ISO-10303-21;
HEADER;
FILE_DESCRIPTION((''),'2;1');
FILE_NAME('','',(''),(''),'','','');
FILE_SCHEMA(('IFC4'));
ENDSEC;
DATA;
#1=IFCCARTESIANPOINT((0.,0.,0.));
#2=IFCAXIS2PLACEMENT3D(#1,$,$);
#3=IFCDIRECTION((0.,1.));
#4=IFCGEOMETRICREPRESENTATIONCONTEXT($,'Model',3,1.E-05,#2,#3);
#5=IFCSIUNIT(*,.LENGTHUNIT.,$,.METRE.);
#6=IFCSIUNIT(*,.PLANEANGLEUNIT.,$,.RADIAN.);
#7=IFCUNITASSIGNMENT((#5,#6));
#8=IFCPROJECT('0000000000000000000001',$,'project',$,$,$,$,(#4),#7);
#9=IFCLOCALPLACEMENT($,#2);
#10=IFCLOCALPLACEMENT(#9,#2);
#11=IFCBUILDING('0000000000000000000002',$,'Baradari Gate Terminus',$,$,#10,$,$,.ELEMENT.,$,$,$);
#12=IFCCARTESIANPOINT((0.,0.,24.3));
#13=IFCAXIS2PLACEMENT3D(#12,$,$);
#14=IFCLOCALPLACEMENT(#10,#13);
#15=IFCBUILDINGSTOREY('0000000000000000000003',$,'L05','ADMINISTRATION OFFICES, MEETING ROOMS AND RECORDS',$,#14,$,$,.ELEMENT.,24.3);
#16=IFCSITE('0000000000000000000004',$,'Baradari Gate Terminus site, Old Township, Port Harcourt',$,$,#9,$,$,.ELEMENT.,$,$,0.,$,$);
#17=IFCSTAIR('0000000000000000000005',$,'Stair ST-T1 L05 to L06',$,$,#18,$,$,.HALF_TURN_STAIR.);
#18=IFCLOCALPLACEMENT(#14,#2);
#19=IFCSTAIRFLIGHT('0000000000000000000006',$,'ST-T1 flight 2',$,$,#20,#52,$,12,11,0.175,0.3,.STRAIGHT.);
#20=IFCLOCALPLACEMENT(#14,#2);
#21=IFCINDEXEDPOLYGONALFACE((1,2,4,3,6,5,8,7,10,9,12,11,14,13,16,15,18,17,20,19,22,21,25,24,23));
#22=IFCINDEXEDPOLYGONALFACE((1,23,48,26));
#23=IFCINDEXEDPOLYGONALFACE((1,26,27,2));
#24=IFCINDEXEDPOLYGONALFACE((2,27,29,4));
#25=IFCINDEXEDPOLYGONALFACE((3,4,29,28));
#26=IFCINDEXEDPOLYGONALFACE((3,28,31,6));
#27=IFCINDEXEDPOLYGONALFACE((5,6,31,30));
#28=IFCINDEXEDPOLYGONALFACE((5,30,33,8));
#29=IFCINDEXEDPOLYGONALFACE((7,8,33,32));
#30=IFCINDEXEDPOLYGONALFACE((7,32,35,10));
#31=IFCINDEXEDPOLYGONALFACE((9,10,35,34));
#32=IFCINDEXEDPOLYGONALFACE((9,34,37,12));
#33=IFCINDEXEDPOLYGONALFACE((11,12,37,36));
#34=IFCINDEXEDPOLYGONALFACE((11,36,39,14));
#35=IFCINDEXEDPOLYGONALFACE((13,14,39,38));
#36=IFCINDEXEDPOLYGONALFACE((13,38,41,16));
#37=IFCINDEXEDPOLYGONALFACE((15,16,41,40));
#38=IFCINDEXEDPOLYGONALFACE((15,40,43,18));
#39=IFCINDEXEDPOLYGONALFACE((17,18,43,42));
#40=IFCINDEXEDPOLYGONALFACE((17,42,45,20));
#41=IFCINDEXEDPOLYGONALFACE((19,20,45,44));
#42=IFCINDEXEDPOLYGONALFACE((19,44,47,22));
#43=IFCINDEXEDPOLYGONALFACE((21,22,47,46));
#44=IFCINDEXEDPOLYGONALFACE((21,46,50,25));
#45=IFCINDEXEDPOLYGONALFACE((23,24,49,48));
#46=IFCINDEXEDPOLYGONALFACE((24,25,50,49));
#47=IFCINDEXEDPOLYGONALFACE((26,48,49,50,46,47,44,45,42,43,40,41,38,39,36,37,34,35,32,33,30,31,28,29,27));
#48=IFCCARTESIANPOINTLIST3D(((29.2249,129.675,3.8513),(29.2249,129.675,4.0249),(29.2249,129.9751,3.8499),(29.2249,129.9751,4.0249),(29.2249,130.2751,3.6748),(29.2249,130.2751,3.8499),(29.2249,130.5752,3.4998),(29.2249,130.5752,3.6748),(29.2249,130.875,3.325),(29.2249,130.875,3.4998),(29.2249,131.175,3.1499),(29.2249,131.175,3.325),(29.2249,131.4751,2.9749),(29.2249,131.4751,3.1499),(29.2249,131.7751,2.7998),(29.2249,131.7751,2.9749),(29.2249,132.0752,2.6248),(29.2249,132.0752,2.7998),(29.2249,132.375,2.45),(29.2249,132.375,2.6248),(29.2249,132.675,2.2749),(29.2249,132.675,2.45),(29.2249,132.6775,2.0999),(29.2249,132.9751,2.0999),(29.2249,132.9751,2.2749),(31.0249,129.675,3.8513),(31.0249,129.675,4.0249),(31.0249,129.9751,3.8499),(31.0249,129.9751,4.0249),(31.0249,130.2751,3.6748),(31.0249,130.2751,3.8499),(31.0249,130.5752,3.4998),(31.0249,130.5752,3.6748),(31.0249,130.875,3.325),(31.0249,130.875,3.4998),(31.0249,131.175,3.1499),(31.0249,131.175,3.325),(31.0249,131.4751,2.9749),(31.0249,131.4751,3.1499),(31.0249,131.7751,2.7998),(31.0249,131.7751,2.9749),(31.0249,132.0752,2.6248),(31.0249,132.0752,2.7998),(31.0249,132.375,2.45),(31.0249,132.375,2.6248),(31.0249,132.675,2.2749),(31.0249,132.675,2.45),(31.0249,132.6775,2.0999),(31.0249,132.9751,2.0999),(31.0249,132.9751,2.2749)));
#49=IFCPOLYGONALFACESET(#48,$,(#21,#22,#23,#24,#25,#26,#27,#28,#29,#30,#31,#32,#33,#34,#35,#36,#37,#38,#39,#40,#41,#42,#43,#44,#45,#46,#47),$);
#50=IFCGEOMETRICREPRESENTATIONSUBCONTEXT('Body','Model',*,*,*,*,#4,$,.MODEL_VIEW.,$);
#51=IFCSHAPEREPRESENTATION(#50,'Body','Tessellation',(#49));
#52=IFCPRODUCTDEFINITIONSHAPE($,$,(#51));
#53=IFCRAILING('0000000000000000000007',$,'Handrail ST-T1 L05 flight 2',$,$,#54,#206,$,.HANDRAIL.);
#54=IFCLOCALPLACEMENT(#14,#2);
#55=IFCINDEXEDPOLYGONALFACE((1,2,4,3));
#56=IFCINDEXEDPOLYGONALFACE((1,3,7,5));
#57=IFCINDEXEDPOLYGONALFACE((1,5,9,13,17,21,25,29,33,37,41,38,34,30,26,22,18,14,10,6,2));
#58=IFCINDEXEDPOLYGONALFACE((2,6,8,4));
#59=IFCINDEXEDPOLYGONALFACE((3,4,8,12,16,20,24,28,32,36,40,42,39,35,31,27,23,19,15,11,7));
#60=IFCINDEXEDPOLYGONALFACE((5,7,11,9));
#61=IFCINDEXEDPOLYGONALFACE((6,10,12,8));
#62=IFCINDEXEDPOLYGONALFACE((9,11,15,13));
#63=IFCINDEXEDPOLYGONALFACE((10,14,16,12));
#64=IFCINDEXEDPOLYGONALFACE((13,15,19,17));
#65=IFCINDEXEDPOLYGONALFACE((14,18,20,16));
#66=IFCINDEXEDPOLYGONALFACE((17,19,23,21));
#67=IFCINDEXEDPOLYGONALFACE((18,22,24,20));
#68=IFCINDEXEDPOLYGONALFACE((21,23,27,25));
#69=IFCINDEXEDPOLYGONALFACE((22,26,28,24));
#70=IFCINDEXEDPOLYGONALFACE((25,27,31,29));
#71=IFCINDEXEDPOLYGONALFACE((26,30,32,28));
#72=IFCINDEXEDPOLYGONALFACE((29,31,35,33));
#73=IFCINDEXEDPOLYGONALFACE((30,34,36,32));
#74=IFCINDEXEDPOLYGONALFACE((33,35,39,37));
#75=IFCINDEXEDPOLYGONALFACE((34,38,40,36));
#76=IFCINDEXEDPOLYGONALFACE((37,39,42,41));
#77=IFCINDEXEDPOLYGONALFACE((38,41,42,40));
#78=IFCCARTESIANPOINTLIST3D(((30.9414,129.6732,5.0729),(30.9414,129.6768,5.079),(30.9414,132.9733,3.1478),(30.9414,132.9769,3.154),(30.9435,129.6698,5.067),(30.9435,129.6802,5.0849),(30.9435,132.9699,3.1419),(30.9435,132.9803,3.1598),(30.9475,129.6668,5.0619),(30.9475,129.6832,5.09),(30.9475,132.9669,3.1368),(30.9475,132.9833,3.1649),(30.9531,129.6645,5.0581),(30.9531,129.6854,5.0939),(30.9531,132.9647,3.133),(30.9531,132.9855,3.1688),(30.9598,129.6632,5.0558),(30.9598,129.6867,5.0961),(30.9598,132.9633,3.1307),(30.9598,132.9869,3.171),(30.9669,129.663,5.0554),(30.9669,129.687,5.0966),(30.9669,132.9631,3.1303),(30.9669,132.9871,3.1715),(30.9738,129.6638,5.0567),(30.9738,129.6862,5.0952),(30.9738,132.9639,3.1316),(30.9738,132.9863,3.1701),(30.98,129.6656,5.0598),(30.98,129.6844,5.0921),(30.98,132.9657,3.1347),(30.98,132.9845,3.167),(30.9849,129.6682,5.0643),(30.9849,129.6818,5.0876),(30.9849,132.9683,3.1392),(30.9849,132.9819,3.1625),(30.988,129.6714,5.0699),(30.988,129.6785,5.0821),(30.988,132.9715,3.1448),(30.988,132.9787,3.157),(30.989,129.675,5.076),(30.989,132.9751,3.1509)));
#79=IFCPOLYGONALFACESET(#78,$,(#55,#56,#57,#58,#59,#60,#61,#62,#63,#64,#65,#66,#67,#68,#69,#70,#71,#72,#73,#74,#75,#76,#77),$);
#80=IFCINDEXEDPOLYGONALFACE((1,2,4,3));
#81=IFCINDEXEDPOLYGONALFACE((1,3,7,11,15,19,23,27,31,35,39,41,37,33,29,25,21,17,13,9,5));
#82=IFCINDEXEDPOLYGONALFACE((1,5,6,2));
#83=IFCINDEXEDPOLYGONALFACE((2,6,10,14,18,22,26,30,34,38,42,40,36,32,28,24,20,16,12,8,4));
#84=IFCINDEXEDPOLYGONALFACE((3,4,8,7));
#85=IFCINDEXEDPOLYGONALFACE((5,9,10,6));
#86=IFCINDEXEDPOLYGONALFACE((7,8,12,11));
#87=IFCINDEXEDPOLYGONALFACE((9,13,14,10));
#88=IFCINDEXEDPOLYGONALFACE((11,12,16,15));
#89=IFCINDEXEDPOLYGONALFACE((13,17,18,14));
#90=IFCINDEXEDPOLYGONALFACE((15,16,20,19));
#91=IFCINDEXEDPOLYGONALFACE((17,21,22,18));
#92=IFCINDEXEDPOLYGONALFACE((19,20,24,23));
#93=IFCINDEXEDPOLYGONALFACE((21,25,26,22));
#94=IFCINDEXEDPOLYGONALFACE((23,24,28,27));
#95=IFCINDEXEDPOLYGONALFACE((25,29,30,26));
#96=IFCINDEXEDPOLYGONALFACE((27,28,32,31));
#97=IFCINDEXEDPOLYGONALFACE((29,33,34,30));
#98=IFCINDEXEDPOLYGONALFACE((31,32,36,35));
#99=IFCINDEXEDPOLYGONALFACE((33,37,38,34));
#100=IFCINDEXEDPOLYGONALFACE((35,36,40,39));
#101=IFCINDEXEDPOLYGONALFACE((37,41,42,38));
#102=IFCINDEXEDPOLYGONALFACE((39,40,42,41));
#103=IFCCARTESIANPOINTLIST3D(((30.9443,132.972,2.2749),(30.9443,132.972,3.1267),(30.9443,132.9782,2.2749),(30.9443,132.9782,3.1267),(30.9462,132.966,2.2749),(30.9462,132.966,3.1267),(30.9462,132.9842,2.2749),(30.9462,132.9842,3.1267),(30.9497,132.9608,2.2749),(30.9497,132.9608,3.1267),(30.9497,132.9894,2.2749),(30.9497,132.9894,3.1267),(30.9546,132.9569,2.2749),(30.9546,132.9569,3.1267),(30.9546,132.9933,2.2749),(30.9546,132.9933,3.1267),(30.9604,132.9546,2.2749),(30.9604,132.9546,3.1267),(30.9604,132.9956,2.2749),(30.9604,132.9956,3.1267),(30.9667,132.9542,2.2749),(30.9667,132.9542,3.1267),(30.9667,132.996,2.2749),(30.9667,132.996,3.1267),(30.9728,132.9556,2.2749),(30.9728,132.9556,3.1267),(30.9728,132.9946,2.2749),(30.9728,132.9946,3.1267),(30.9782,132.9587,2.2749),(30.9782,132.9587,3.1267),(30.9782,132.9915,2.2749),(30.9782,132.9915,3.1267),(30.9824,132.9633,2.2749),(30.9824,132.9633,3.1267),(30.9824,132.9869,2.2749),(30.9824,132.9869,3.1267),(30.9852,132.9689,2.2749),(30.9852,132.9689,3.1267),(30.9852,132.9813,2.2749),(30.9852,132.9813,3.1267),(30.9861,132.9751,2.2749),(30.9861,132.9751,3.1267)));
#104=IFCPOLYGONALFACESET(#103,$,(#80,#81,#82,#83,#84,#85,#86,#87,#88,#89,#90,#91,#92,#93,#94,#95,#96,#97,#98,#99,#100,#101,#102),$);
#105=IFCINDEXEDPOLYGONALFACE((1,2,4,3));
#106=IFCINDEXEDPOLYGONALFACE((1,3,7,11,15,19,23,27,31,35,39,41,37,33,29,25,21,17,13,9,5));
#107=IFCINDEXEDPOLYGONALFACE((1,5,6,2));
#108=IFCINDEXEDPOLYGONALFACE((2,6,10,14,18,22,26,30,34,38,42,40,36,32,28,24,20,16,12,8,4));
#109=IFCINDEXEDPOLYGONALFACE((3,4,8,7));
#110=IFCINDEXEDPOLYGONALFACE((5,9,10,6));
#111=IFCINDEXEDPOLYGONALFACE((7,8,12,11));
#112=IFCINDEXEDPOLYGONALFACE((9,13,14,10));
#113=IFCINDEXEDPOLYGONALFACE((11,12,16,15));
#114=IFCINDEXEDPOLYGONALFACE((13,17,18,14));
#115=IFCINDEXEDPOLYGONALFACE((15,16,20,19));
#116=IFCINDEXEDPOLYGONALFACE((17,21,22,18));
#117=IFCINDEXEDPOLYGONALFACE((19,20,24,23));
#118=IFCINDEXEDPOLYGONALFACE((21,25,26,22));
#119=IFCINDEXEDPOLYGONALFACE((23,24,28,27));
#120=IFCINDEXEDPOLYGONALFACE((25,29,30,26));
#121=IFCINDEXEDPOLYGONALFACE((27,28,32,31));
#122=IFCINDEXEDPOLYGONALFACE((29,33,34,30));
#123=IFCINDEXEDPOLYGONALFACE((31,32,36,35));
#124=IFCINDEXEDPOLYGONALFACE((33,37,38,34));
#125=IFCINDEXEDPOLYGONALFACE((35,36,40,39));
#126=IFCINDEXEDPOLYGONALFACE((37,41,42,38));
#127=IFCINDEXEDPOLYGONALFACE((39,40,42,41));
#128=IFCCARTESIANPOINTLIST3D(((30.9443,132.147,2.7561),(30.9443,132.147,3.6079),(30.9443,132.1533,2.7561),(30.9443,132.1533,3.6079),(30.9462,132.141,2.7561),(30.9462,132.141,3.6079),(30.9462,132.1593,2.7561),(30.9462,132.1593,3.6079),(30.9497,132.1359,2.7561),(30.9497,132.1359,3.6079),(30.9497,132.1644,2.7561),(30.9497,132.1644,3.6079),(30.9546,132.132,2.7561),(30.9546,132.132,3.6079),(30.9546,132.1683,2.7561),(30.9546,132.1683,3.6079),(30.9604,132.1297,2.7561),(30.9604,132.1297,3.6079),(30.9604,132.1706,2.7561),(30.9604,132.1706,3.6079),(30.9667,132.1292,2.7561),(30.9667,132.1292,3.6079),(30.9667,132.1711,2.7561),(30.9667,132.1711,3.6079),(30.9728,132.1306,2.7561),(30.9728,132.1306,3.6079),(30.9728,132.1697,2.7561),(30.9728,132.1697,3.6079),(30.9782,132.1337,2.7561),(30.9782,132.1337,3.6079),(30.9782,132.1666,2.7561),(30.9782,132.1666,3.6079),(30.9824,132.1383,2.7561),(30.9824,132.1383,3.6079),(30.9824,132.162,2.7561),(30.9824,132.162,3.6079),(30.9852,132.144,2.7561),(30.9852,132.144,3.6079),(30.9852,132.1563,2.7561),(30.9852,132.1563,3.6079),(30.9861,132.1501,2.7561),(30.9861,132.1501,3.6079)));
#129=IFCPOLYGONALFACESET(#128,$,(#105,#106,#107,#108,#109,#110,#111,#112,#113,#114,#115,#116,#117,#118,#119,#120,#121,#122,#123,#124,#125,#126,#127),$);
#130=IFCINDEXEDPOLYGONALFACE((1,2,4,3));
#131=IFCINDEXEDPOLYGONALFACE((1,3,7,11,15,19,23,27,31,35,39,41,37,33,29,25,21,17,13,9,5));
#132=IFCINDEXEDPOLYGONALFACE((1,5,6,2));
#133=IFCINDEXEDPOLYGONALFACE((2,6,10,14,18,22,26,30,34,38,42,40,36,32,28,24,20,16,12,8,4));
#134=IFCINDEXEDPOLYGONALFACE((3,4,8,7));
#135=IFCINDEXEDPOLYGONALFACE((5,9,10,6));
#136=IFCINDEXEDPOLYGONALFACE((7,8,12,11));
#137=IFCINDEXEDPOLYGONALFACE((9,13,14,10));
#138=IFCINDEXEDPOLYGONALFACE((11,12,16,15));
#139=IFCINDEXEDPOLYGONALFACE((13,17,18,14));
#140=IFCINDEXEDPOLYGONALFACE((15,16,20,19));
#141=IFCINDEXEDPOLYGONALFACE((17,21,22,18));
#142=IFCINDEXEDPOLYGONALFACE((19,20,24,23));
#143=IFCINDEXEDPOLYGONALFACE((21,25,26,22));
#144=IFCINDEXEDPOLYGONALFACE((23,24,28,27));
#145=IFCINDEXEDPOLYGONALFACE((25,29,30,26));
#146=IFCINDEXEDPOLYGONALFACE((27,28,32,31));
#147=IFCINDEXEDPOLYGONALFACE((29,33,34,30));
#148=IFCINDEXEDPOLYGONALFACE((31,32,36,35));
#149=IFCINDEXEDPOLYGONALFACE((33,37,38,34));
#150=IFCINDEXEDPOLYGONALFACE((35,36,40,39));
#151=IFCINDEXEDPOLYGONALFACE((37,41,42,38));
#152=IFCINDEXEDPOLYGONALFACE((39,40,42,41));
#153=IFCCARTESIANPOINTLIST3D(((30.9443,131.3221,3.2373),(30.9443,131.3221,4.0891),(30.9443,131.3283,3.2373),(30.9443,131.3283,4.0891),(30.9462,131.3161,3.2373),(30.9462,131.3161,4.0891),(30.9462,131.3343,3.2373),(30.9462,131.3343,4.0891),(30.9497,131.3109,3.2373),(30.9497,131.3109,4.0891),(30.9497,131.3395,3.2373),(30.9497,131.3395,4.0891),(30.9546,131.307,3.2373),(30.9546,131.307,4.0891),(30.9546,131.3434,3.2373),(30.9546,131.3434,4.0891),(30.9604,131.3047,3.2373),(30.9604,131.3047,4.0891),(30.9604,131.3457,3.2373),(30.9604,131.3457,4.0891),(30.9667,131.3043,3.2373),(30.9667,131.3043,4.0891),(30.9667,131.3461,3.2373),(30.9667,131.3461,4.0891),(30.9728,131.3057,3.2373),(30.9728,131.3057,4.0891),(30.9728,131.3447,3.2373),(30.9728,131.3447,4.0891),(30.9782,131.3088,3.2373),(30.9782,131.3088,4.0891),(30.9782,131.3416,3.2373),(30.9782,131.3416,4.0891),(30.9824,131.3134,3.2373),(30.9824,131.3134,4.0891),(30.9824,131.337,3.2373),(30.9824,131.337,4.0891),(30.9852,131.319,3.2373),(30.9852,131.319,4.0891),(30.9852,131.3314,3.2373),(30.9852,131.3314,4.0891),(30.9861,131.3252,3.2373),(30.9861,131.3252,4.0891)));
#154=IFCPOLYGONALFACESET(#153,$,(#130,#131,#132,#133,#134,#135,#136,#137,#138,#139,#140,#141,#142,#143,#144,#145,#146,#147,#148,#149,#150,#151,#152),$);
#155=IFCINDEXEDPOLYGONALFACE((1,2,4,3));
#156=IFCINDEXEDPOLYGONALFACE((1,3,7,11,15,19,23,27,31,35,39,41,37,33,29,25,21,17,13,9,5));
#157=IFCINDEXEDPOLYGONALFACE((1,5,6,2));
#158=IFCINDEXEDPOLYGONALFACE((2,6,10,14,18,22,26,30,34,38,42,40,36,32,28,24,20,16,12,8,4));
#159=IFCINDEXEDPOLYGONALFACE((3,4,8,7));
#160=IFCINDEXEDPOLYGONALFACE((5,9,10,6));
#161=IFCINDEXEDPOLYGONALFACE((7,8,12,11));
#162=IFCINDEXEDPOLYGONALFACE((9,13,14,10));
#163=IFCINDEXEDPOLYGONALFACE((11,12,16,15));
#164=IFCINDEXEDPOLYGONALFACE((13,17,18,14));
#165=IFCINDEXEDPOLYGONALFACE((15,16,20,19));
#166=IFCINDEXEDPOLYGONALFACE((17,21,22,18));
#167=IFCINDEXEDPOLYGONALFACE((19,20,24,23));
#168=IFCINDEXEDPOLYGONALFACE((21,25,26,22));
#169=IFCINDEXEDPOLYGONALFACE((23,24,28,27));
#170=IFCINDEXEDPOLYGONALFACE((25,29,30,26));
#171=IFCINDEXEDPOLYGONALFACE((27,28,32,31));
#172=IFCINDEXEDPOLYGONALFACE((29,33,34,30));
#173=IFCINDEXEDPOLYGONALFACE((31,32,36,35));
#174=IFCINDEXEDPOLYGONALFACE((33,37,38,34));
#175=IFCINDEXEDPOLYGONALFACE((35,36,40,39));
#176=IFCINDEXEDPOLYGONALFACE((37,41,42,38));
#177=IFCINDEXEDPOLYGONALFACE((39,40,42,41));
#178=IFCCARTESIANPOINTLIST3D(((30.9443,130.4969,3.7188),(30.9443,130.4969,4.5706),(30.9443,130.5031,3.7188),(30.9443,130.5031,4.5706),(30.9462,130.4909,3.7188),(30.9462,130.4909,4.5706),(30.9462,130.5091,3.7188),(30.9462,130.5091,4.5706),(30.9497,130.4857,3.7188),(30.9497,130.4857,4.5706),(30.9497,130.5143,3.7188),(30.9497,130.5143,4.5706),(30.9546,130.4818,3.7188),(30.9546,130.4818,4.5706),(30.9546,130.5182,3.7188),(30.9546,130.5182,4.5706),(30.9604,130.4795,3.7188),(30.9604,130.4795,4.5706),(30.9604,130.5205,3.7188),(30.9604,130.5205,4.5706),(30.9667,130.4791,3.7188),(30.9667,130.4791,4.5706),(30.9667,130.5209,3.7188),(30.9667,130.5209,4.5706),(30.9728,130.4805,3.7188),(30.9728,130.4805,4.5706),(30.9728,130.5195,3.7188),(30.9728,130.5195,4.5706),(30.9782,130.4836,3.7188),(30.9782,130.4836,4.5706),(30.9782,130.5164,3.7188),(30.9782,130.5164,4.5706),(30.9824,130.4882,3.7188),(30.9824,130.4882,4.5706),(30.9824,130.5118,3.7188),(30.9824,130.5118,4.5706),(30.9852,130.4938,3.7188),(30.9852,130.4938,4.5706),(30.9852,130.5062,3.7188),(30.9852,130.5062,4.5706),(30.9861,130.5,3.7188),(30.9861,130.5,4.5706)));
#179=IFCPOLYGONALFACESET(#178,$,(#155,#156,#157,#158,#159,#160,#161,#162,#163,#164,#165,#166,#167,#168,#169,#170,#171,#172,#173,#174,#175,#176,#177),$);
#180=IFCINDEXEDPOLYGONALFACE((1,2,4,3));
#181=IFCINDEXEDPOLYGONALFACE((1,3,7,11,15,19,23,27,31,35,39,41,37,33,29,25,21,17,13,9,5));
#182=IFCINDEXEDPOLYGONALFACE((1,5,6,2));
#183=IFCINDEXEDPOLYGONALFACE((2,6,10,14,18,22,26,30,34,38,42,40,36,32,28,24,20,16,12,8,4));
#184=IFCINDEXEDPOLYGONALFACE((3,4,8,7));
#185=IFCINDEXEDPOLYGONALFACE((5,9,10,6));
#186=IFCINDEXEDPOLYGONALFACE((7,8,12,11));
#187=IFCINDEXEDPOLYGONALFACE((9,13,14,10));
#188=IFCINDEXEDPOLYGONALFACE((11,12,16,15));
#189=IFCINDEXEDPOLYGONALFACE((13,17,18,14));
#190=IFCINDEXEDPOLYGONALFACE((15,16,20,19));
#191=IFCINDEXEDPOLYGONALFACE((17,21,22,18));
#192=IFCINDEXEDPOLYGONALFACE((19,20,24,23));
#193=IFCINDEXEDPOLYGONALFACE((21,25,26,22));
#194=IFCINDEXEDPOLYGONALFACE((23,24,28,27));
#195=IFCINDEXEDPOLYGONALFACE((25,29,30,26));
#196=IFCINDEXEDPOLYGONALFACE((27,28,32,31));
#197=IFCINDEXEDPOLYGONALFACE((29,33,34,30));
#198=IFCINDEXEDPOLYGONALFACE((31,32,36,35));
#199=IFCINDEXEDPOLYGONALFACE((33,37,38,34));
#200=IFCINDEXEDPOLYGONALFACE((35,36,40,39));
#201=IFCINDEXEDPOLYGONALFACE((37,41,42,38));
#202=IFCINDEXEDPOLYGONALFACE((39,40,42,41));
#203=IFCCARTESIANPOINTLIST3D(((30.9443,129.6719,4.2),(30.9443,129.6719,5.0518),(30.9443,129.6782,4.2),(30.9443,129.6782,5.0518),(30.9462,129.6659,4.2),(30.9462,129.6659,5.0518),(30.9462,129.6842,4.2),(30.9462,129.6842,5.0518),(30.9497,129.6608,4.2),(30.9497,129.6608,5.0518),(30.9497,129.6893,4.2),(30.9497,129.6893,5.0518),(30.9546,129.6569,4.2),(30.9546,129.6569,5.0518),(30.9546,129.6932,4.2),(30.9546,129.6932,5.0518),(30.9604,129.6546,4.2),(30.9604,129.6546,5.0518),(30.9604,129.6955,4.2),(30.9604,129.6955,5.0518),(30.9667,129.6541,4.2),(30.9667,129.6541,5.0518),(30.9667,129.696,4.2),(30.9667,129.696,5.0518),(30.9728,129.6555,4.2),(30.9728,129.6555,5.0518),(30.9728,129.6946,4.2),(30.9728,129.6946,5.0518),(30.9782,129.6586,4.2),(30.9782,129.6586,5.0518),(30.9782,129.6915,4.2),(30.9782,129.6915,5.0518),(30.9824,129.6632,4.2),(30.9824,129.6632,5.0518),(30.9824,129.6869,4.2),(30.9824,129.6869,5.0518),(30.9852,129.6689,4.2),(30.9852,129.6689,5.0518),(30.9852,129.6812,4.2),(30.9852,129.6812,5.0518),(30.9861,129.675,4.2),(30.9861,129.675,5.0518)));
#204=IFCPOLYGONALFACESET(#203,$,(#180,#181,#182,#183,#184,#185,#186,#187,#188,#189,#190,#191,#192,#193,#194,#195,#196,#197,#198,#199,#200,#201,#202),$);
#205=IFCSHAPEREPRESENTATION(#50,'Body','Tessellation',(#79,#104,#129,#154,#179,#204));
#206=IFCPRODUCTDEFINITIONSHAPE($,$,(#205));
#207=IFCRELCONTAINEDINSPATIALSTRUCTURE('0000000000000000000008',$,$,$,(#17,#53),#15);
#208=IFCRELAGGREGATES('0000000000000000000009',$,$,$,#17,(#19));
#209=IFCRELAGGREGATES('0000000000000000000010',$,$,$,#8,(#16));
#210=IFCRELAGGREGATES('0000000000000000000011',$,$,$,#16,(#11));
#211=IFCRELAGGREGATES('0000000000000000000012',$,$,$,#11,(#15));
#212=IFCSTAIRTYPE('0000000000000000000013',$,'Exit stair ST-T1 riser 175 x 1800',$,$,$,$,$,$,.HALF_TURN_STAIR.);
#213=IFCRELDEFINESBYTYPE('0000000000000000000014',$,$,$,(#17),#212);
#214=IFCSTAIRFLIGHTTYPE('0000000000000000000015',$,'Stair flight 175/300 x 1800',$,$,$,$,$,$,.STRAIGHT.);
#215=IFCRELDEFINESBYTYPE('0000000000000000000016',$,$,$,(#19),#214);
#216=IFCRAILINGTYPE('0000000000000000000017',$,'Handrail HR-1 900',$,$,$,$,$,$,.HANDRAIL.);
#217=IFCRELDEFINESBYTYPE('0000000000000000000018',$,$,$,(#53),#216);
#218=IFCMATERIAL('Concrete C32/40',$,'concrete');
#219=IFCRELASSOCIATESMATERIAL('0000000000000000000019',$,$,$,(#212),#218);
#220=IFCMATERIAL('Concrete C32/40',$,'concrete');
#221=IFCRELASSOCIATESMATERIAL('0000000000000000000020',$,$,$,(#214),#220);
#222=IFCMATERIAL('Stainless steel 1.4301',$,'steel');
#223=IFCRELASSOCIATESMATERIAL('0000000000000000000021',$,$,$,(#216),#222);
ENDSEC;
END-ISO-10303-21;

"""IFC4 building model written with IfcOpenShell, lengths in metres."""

from ifc_helpers import new_model, si_unit, direction, frame, origin, origin_2d, place, context, subcontext, project, spatial, polyline, circle, outline, extrude, material, type_object, element, aggregate, save


model = new_model("IFC4")

# Units and contexts
model_context = context("Model", 3, precision=1e-05, world=origin(), true_north=direction((0.0, 1.0)))
body_context = subcontext(model_context, "Body", "Model", "MODEL_VIEW")
ifc_project = project(units=[si_unit("LENGTHUNIT", "METRE"), si_unit("PLANEANGLEUNIT", "RADIAN")], contexts=[model_context])

# Site, building, storey
site_placement = place(None, origin())
site = spatial("IfcSite", under=ifc_project, at=site_placement, Name="Baradari Gate Terminus site, Old Township, Port Harcourt", CompositionType="ELEMENT", RefElevation=0.0)
building_placement = place(site_placement, origin())
building = spatial("IfcBuilding", under=site, at=building_placement, Name="Baradari Gate Terminus", CompositionType="ELEMENT")
storey_placement = place(building_placement, frame((0.0, 0.0, 24.3)))
storey = spatial("IfcBuildingStorey", under=building, at=storey_placement, Name="L05", Description="ADMINISTRATION OFFICES, MEETING ROOMS AND RECORDS", CompositionType="ELEMENT", Elevation=24.3)

# Stair, stair flight
ifc_material_1 = material(Name="Concrete C32/40", Category="concrete")
stair_type = type_object("IfcStairType", Name="Exit stair ST-T1 riser 175 x 1800", PredefinedType="HALF_TURN_STAIR", material=ifc_material_1)
stair_placement = place(storey_placement, origin())
stair = element("IfcStair", 1, at=stair_placement, inside=storey, type_object=stair_type, Name="Stair ST-T1 L05 to L06", PredefinedType="HALF_TURN_STAIR")
ifc_material_2 = material(Name="Concrete C32/40", Category="concrete")
stair_flight_type = type_object("IfcStairFlightType", Name="Stair flight 175/300 x 1800", PredefinedType="STRAIGHT", material=ifc_material_2)
stair_flight_placement = place(storey_placement, frame((30.125, 132.9751, 2.0999), z_axis=(0.0, 0.0, 1.0), x_axis=(0.0, -1.0, 0.0)))
stair_flight = element("IfcStairFlight", 2, at=stair_flight_placement, type_object=stair_flight_type, Name="ST-T1 flight 2", NumberOfRisers=12, NumberOfTreads=11, PredefinedType="STRAIGHT", RiserHeight=0.175, TreadLength=0.3, context=body_context, shape_type="SweptSolid", body=[
    extrude(outline(polyline([(0.0, 0.0), (0.0, 0.175), (0.3, 0.175), (0.3, 0.3501), (0.6001, 0.3501), (0.6001, 0.5249), (0.8999, 0.5249), (0.8999, 0.7), (1.2, 0.7), (1.2, 0.875), (1.5, 0.875), (1.5, 1.05), (1.8, 1.05), (1.8, 1.2251), (2.1001, 1.2251), (2.1001, 1.3999), (2.3999, 1.3999), (2.3999, 1.575), (2.7, 1.575), (2.7, 1.75), (3.0, 1.75), (3.0, 1.925), (3.3, 1.925), (3.3, 2.1001), (3.3, 1.7515), (0.2976, 0.0), (0.0, 0.0)])), frame((0.0, 0.8999, 0.0), z_axis=(0.0, -1.0, 0.0), x_axis=(1.0, 0.0, 0.0)), (0.0, 0.0, 1.0), 1.8),
])
aggregate(stair, [stair_flight])

# Railing
ifc_material_3 = material(Name="Stainless steel 1.4301", Category="steel")
railing_type = type_object("IfcRailingType", Name="Handrail HR-1 900", PredefinedType="HANDRAIL", material=ifc_material_3)
railing_placement = place(storey_placement, frame((30.9651, 132.9751, 2.2749)))
element("IfcRailing", 3, at=railing_placement, inside=storey, type_object=railing_type, Name="Handrail ST-T1 L05 flight 2", PredefinedType="HANDRAIL", context=body_context, shape_type="SweptSolid", body=[
    extrude(circle(Radius=0.0239, at=origin_2d()), frame((0.0, 0.0, 0.876), z_axis=(0.0, -0.863777, 0.503875), x_axis=(1.0, 0.0, 0.0)), (0.0, 0.0, 1.0), 3.8206),
    extrude(circle(Radius=0.021, at=origin_2d()), origin(), (0.0, 0.0, 1.0), 0.8518),
    extrude(circle(Radius=0.021, at=origin_2d()), frame((0.0, -0.825, 0.4812)), (0.0, 0.0, 1.0), 0.8518),
    extrude(circle(Radius=0.021, at=origin_2d()), frame((0.0, -1.6499, 0.9624)), (0.0, 0.0, 1.0), 0.8518),
    extrude(circle(Radius=0.021, at=origin_2d()), frame((0.0, -2.4751, 1.4438)), (0.0, 0.0, 1.0), 0.8518),
    extrude(circle(Radius=0.021, at=origin_2d()), frame((0.0, -3.3, 1.925)), (0.0, 0.0, 1.0), 0.8518),
])

save(model, "model.ifc")
